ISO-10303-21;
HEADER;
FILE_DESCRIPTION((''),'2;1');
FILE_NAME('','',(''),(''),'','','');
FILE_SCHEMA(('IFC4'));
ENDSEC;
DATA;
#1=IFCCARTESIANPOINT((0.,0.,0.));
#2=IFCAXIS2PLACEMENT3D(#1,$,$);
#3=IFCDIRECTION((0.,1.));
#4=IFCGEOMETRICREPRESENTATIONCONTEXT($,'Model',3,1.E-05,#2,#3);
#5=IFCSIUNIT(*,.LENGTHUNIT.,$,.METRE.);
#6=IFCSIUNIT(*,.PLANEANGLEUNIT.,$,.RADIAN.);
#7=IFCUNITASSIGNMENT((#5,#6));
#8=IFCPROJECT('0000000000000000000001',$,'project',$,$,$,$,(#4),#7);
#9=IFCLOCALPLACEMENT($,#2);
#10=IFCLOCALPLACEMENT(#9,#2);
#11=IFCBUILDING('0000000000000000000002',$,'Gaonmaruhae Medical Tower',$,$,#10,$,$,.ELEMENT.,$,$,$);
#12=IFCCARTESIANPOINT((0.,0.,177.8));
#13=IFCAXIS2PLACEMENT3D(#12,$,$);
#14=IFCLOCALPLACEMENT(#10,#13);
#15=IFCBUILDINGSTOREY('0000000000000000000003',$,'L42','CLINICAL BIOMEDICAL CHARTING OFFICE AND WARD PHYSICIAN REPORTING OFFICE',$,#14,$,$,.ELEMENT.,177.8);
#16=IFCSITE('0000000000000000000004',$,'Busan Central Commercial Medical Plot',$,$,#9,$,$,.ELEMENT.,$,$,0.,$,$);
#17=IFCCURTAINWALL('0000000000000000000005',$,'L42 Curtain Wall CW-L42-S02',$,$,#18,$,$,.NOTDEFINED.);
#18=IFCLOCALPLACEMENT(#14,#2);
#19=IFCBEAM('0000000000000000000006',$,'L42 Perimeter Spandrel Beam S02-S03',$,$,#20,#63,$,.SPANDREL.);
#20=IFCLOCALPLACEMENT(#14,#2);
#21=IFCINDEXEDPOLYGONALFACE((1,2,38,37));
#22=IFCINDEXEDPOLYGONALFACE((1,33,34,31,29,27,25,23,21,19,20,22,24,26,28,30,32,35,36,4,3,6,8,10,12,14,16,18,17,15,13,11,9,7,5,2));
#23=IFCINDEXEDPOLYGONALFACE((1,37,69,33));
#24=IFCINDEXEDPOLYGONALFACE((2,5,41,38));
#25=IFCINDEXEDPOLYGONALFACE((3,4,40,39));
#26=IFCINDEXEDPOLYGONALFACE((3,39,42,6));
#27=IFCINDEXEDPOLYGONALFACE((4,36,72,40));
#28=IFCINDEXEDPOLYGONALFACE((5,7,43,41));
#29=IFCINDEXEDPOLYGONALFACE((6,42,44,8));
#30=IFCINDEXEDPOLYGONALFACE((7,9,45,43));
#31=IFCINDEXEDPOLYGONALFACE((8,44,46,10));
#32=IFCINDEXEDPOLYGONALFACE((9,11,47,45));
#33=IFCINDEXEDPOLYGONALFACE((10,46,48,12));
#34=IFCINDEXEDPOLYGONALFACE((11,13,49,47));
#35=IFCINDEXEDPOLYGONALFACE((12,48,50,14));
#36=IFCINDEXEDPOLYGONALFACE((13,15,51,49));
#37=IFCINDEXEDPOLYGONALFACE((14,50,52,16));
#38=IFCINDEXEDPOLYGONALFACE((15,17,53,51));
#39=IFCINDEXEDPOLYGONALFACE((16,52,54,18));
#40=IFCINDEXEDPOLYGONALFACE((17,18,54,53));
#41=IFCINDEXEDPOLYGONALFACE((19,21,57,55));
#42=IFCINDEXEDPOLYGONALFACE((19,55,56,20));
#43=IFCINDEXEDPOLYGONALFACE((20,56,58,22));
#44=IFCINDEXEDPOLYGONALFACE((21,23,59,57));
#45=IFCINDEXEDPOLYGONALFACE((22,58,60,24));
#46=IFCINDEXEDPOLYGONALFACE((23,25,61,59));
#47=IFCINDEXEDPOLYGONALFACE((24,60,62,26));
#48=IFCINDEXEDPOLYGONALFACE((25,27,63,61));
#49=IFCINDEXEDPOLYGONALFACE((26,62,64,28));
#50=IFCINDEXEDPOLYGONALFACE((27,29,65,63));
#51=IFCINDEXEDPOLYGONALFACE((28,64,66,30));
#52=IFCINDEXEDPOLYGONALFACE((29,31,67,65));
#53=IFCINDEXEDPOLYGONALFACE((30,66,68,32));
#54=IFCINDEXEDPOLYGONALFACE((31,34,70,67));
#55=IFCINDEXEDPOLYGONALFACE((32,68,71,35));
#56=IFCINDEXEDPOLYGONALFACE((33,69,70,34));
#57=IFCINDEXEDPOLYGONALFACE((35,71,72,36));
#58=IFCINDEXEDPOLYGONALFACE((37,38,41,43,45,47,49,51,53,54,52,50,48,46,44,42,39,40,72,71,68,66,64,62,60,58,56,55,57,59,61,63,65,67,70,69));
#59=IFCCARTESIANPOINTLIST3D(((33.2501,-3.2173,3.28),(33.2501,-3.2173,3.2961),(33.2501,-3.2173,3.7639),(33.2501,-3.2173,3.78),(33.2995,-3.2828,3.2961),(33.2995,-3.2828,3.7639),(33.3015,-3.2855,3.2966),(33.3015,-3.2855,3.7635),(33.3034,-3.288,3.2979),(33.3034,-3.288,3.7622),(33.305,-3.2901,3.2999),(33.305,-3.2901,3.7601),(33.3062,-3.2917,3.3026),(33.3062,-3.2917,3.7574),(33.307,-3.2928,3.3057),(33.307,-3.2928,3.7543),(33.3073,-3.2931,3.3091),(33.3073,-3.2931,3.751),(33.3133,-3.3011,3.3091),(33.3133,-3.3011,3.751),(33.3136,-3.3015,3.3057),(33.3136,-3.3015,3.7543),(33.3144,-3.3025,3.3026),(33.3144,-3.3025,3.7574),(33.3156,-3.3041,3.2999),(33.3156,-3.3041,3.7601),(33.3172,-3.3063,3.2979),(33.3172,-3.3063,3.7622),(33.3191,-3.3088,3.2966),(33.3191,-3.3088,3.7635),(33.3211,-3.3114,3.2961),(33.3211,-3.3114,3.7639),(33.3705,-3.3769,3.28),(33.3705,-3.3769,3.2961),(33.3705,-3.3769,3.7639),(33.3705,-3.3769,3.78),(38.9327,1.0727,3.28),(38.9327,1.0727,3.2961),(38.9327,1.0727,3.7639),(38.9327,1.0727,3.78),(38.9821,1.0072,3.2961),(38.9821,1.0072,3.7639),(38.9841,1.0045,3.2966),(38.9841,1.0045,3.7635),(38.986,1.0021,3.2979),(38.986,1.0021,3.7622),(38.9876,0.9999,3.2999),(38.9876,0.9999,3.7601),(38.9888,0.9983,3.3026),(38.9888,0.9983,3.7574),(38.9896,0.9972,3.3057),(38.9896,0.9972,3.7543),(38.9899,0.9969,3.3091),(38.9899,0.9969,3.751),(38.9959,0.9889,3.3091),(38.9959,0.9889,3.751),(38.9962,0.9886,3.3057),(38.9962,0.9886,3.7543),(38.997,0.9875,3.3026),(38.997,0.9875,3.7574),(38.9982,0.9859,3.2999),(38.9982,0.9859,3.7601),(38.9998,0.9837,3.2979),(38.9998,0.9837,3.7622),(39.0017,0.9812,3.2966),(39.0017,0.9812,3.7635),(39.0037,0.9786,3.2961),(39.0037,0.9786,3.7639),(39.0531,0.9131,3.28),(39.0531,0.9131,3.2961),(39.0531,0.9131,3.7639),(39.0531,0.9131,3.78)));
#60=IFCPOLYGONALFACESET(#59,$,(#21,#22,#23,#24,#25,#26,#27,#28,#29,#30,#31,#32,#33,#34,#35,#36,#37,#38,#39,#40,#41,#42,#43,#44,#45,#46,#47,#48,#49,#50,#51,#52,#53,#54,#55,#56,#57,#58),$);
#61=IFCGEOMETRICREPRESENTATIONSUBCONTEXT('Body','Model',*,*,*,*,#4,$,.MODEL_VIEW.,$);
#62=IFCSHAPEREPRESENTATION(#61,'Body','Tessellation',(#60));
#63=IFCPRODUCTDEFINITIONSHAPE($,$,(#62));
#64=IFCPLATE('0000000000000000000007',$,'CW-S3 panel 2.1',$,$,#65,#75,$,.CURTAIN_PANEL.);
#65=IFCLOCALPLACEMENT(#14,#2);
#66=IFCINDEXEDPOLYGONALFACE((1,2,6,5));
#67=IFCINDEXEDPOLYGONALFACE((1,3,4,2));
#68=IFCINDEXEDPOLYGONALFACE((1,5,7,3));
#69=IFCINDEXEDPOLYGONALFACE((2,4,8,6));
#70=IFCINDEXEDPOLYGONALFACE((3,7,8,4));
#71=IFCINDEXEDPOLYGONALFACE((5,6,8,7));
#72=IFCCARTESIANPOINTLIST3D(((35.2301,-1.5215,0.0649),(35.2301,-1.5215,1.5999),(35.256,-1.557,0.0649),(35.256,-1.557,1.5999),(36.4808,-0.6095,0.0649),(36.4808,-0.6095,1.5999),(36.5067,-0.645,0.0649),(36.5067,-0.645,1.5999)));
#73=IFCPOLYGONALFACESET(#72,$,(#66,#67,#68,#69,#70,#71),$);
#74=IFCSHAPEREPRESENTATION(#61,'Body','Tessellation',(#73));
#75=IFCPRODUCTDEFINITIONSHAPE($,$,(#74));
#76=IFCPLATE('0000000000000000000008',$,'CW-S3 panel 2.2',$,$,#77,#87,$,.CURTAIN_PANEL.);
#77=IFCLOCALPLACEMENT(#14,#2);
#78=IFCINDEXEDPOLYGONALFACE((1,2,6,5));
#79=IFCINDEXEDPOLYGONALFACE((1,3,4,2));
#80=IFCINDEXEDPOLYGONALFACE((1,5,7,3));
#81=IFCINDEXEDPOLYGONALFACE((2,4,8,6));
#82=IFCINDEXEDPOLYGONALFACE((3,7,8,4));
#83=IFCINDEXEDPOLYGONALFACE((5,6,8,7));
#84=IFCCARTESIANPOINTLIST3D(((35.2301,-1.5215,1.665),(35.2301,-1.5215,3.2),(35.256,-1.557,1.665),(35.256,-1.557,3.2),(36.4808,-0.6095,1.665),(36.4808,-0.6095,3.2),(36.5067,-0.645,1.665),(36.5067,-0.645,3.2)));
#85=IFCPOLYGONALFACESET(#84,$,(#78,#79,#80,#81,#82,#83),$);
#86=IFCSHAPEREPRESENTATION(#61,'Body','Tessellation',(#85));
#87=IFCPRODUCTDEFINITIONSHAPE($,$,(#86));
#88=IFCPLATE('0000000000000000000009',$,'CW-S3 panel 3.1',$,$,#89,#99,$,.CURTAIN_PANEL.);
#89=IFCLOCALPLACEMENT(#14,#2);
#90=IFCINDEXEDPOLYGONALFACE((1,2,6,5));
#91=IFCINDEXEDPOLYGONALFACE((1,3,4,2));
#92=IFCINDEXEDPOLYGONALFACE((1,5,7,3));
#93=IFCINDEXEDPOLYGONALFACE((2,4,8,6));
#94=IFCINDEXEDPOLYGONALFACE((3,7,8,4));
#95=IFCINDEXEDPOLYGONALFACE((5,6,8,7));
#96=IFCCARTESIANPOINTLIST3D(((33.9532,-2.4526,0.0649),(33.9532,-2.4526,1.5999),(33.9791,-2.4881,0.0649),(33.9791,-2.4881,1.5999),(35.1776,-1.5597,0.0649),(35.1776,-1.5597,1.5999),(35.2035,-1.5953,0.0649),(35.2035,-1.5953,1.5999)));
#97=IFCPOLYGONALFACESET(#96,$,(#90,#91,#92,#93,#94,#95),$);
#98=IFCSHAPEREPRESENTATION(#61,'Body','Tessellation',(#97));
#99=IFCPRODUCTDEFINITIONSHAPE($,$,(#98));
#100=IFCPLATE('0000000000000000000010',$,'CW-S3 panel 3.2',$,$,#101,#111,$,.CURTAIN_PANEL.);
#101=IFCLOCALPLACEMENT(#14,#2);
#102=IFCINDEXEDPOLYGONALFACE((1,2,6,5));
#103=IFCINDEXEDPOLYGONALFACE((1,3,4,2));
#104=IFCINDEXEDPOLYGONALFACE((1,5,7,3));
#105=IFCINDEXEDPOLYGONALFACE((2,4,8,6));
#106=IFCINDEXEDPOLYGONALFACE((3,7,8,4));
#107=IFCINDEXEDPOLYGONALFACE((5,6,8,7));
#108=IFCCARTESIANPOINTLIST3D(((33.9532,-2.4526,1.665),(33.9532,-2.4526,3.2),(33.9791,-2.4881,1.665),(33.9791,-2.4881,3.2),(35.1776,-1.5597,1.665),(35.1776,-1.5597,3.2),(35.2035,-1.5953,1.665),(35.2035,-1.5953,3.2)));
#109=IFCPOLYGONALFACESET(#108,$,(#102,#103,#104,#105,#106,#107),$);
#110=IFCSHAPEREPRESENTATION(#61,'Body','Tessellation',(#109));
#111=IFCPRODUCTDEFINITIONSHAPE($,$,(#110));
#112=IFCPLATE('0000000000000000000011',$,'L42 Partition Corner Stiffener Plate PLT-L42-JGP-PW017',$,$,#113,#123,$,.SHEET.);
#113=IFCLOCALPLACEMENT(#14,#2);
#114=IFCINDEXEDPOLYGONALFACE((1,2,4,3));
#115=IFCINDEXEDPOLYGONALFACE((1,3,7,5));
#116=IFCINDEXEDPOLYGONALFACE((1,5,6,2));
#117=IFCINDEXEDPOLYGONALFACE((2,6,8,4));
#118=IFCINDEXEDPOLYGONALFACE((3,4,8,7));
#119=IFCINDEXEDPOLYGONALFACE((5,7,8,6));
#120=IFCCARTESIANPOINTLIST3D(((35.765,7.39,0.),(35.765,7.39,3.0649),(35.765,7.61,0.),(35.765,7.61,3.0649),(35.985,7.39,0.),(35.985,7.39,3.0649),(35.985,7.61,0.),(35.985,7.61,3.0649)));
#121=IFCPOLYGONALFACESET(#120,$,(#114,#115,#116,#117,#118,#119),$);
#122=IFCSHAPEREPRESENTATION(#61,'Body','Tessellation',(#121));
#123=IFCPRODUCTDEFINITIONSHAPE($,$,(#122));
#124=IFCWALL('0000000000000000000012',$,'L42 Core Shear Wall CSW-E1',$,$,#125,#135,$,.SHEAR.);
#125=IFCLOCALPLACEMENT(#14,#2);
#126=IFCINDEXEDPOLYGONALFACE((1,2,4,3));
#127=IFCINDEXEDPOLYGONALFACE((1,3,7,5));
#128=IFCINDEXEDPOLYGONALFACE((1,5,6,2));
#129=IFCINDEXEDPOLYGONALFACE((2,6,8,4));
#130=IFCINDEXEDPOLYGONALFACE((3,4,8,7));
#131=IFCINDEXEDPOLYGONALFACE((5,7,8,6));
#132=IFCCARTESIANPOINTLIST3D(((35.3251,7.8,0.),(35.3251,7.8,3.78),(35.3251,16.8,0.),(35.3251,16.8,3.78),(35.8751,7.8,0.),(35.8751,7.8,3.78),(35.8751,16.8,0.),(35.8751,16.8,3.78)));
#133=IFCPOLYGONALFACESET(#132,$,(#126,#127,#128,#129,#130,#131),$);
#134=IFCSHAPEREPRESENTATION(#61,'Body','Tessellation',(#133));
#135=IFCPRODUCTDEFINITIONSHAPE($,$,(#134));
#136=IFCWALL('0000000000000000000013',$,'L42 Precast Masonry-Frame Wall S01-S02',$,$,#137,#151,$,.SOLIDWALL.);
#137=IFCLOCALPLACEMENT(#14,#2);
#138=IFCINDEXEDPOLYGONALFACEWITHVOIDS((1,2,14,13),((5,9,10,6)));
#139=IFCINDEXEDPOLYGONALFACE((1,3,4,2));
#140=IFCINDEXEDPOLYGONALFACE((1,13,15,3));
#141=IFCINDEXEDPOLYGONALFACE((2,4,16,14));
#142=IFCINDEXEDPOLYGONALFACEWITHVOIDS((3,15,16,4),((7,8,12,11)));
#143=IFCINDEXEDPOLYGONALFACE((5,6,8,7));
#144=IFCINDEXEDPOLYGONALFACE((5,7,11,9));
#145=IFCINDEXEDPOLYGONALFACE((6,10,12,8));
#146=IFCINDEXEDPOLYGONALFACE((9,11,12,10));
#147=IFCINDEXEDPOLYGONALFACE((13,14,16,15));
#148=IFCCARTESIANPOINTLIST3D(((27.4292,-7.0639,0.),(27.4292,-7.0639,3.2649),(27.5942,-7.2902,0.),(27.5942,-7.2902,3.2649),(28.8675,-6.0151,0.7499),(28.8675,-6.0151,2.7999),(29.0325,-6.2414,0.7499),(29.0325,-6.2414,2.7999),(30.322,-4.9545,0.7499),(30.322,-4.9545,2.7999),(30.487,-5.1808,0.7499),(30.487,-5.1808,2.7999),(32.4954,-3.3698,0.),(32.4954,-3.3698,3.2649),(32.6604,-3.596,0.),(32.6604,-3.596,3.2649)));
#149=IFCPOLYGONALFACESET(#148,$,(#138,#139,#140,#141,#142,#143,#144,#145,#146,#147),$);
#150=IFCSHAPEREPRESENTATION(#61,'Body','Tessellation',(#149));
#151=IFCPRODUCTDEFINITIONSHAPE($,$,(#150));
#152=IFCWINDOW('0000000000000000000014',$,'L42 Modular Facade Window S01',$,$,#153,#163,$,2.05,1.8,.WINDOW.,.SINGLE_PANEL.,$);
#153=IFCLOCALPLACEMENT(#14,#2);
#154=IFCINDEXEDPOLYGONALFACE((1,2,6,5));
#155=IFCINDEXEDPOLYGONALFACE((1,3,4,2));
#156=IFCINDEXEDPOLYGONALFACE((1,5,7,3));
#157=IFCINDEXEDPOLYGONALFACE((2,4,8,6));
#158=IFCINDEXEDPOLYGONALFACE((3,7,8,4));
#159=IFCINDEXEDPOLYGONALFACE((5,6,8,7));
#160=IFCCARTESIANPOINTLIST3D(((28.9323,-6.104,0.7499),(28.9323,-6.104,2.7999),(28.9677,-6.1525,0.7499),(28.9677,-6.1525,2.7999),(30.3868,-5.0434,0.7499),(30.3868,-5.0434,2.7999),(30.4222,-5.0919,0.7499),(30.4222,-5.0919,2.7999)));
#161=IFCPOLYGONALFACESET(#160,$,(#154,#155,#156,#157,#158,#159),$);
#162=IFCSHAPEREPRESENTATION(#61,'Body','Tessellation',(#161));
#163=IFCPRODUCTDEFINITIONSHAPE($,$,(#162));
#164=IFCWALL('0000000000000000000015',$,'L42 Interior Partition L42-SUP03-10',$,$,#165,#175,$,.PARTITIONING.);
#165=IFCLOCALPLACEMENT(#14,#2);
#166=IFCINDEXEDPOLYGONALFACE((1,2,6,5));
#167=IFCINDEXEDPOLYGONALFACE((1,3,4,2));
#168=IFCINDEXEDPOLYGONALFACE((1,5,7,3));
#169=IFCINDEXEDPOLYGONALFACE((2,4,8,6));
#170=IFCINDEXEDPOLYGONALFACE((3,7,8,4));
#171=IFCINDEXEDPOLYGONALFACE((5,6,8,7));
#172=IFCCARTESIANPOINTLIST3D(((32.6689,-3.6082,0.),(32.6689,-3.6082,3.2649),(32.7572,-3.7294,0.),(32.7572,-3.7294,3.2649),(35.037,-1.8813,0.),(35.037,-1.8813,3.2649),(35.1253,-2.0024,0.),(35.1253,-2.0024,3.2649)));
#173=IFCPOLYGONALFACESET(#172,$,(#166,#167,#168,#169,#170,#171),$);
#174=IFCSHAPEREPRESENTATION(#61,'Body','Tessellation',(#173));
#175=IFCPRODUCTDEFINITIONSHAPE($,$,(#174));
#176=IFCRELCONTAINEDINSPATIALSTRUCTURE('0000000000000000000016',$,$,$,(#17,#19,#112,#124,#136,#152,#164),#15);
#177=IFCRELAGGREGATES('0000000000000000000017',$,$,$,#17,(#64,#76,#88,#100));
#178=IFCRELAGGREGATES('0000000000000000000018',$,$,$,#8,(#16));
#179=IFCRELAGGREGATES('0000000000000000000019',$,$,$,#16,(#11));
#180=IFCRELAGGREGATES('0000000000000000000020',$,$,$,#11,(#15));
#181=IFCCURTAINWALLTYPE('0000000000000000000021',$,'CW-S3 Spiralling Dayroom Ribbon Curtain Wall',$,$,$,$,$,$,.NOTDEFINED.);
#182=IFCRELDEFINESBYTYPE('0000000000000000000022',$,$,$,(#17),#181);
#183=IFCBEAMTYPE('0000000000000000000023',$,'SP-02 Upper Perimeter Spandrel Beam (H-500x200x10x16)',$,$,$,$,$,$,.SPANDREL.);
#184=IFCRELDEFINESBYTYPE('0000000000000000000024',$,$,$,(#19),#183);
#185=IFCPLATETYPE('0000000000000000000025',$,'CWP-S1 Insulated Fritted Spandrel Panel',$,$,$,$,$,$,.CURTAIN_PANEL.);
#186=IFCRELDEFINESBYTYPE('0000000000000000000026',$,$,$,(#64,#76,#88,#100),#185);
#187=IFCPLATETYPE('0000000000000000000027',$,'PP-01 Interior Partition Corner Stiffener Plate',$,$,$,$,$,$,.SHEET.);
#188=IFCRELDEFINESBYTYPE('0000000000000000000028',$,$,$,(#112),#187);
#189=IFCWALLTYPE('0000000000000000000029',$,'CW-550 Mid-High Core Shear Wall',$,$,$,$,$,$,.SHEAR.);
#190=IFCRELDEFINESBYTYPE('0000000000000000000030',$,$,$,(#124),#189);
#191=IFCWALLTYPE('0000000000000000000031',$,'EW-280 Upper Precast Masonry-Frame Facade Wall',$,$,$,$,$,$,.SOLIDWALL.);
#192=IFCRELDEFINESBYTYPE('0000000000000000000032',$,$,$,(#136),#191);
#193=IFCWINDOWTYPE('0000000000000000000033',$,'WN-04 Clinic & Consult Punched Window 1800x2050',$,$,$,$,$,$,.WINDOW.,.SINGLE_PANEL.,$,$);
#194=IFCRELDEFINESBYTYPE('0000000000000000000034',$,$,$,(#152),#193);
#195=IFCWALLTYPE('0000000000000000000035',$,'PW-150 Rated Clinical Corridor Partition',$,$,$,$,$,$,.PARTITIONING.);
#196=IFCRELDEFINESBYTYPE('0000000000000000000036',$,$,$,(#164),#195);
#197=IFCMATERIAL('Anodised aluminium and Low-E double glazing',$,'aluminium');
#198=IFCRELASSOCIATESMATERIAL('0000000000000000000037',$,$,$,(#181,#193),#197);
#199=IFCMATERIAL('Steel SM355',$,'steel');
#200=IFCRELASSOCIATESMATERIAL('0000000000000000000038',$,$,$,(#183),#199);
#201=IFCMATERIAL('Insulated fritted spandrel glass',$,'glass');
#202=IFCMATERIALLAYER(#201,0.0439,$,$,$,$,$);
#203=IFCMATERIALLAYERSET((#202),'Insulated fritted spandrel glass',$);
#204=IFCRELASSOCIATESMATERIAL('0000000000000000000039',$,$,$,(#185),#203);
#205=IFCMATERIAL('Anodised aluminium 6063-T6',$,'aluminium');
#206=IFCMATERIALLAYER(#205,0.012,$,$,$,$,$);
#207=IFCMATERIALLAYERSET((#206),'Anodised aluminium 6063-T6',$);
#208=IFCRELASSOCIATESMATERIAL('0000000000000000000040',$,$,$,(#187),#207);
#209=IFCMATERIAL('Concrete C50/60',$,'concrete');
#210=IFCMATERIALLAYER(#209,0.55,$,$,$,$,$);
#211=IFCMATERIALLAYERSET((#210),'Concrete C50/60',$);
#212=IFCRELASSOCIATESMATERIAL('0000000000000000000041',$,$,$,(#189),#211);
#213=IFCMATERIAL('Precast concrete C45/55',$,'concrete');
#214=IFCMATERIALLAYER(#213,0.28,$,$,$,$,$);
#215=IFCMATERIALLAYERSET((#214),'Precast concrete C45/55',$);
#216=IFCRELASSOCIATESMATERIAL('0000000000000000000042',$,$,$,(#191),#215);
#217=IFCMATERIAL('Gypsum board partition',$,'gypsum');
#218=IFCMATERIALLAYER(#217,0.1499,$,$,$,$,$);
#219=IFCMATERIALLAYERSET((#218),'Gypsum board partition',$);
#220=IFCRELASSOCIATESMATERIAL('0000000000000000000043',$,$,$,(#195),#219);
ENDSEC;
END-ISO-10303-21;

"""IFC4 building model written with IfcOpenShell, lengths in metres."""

from ifc_helpers import new_model, si_unit, direction, frame, frame_2d, origin, origin_2d, place, context, subcontext, project, spatial, rectangle, i_section, extrude, material, layer, layer_set, material_profile, profile_set, type_object, element, fill, aggregate, save


model = new_model("IFC4")

# Units and contexts
model_context = context("Model", 3, precision=1e-05, world=origin(), true_north=direction((0.0, 1.0)))
body_context = subcontext(model_context, "Body", "Model", "MODEL_VIEW")
ifc_project = project(units=[si_unit("LENGTHUNIT", "METRE"), si_unit("PLANEANGLEUNIT", "RADIAN")], contexts=[model_context])

# Site, building, storey
site_placement = place(None, origin())
site = spatial("IfcSite", under=ifc_project, at=site_placement, Name="Busan Central Commercial Medical Plot", CompositionType="ELEMENT", RefElevation=0.0)
building_placement = place(site_placement, origin())
building = spatial("IfcBuilding", under=site, at=building_placement, Name="Gaonmaruhae Medical Tower", CompositionType="ELEMENT")
storey_placement = place(building_placement, frame((0.0, 0.0, 177.8)))
storey = spatial("IfcBuildingStorey", under=building, at=storey_placement, Name="L42", Description="CLINICAL BIOMEDICAL CHARTING OFFICE AND WARD PHYSICIAN REPORTING OFFICE", CompositionType="ELEMENT", Elevation=177.8)

# Shared definitions
ifc_material_1 = material(Name="Concrete C50/60", Category="concrete")

# Curtain wall
ifc_material_2 = material(Name="Anodised aluminium and Low-E double glazing", Category="aluminium")
curtain_wall_type = type_object("IfcCurtainWallType", Name="CW-S3 Spiralling Dayroom Ribbon Curtain Wall", PredefinedType="NOTDEFINED", material=ifc_material_2)
curtain_wall_placement = place(storey_placement, origin())
curtain_wall = element("IfcCurtainWall", 1, at=curtain_wall_placement, inside=storey, type_object=curtain_wall_type, Name="L42 Curtain Wall CW-L42-S02", PredefinedType="NOTDEFINED")
ifc_material_3 = material(Name="Anodised aluminium 6063-T6", Category="aluminium")

# Beam
ifc_material_4 = material(Name="Steel SM355", Category="steel")
ifc_material_profile_1 = material_profile(ifc_material_4, i_section(OverallWidth=0.2, OverallDepth=0.5, WebThickness=0.01, FlangeThickness=0.0161, FilletRadius=0.0129, at=origin_2d()), Name="H-500x200x10x16")
ifc_profile_set_1 = profile_set([ifc_material_profile_1], Name="Steel SM355")
beam_type_1 = type_object("IfcBeamType", Name="SP-02 Upper Perimeter Spandrel Beam (H-500x200x10x16)", PredefinedType="SPANDREL", material=ifc_profile_set_1)
beam_1_placement = place(storey_placement, frame((33.3103, -3.2971, 3.53), z_axis=(0.798103, 0.602521, 0.0), x_axis=(-0.602521, 0.798103, 0.0)))
element("IfcBeam", 2, at=beam_1_placement, inside=storey, type_object=beam_type_1, Name="L42 Perimeter Spandrel Beam S02-S03", PredefinedType="SPANDREL", context=body_context, shape_type="SweptSolid", body=[
    extrude(i_section(OverallWidth=0.2, OverallDepth=0.5, WebThickness=0.01, FlangeThickness=0.0161, FilletRadius=0.0129, at=origin_2d()), origin(), (0.0, 0.0, 1.0), 7.1201),
])

# Plates
ifc_material_5 = material(Name="Insulated fritted spandrel glass", Category="glass")
ifc_layer_1 = layer(ifc_material_5, 0.0439)
ifc_layer_set_1 = layer_set([ifc_layer_1], Name="Insulated fritted spandrel glass")
plate_type_1 = type_object("IfcPlateType", Name="CWP-S1 Insulated Fritted Spandrel Panel", PredefinedType="CURTAIN_PANEL", material=ifc_layer_set_1)
plate_1_placement = place(storey_placement, frame((35.8684, -1.0833, 0.0649), z_axis=(0.0, 0.0, 1.0), x_axis=(-0.807991, -0.589195, 0.0)))
plate_1 = element("IfcPlate", 3, at=plate_1_placement, type_object=plate_type_1, Name="CW-S3 panel 2.1", PredefinedType="CURTAIN_PANEL", context=body_context, shape_type="SweptSolid", body=[
    extrude(rectangle(XDim=1.5479, YDim=0.0439, at=origin_2d()), origin(), (0.0, 0.0, 1.0), 1.5349),
])
plate_2_placement = place(storey_placement, frame((35.8684, -1.0833, 1.665), z_axis=(0.0, 0.0, 1.0), x_axis=(-0.807991, -0.589195, 0.0)))
plate_2 = element("IfcPlate", 4, at=plate_2_placement, type_object=plate_type_1, Name="CW-S3 panel 2.2", PredefinedType="CURTAIN_PANEL", context=body_context, shape_type="SweptSolid", body=[
    extrude(rectangle(XDim=1.5479, YDim=0.0439, at=origin_2d()), origin(), (0.0, 0.0, 1.0), 1.5349),
])
plate_3_placement = place(storey_placement, frame((34.5784, -2.0239, 0.0649), z_axis=(0.0, 0.0, 1.0), x_axis=(-0.807991, -0.589195, 0.0)))
plate_3 = element("IfcPlate", 5, at=plate_3_placement, type_object=plate_type_1, Name="CW-S3 panel 3.1", PredefinedType="CURTAIN_PANEL", context=body_context, shape_type="SweptSolid", body=[
    extrude(rectangle(XDim=1.5154, YDim=0.0439, at=origin_2d()), origin(), (0.0, 0.0, 1.0), 1.5349),
])
plate_4_placement = place(storey_placement, frame((34.5784, -2.0239, 1.665), z_axis=(0.0, 0.0, 1.0), x_axis=(-0.807991, -0.589195, 0.0)))
plate_4 = element("IfcPlate", 6, at=plate_4_placement, type_object=plate_type_1, Name="CW-S3 panel 3.2", PredefinedType="CURTAIN_PANEL", context=body_context, shape_type="SweptSolid", body=[
    extrude(rectangle(XDim=1.5154, YDim=0.0439, at=origin_2d()), origin(), (0.0, 0.0, 1.0), 1.5349),
])
aggregate(curtain_wall, [plate_1, plate_2, plate_3, plate_4])
ifc_layer_2 = layer(ifc_material_3, 0.012)
ifc_layer_set_2 = layer_set([ifc_layer_2], Name="Anodised aluminium 6063-T6")
plate_type_2 = type_object("IfcPlateType", Name="PP-01 Interior Partition Corner Stiffener Plate", PredefinedType="SHEET", material=ifc_layer_set_2)
plate_5_placement = place(storey_placement, frame((35.875, 7.5, 0.0), z_axis=(0.0, 0.0, 1.0), x_axis=(1.0, 0.0, 0.0)))
element("IfcPlate", 7, at=plate_5_placement, inside=storey, type_object=plate_type_2, Name="L42 Partition Corner Stiffener Plate PLT-L42-JGP-PW017", PredefinedType="SHEET", context=body_context, shape_type="SweptSolid", body=[
    extrude(rectangle(XDim=0.22, YDim=0.22, at=origin_2d()), origin(), (0.0, 0.0, 1.0), 3.0649),
])

# Wall
ifc_layer_3 = layer(ifc_material_1, 0.55)
ifc_layer_set_3 = layer_set([ifc_layer_3], Name="Concrete C50/60")
wall_type_1 = type_object("IfcWallType", Name="CW-550 Mid-High Core Shear Wall", PredefinedType="SHEAR", material=ifc_layer_set_3)
wall_1_placement = place(storey_placement, frame((35.6001, 7.8, 0.0), z_axis=(0.0, 0.0, 1.0), x_axis=(0.0, 1.0, 0.0)))
element("IfcWall", 8, at=wall_1_placement, inside=storey, type_object=wall_type_1, Name="L42 Core Shear Wall CSW-E1", PredefinedType="SHEAR", context=body_context, shape_type="SweptSolid", body=[
    extrude(rectangle(XDim=9.0, YDim=0.55, at=frame_2d((4.5, 0.0))), origin(), (0.0, 0.0, 1.0), 3.78),
])

# Wall, opening, window
ifc_material_6 = material(Name="Precast concrete C45/55", Category="concrete")
ifc_layer_4 = layer(ifc_material_6, 0.28)
ifc_layer_set_4 = layer_set([ifc_layer_4], Name="Precast concrete C45/55")
wall_type_2 = type_object("IfcWallType", Name="EW-280 Upper Precast Masonry-Frame Facade Wall", PredefinedType="SOLIDWALL", material=ifc_layer_set_4)
wall_2_placement = place(storey_placement, frame((32.5779, -3.4829, 0.0), z_axis=(0.0, 0.0, 1.0), x_axis=(-0.808006, -0.589174, 0.0)))
wall_2 = element("IfcWall", 9, at=wall_2_placement, inside=storey, type_object=wall_type_2, Name="L42 Precast Masonry-Frame Wall S01-S02", PredefinedType="SOLIDWALL", context=body_context, shape_type="SweptSolid", body=[
    extrude(rectangle(XDim=6.27, YDim=0.28, at=frame_2d((3.135, 0.0))), origin(), (0.0, 0.0, 1.0), 3.2649),
])
opening_1_placement = place(wall_2_placement, frame((2.6899, 0.0, 0.75)))
opening_1 = element("IfcOpeningElement", 10, at=opening_1_placement, cuts=wall_2, PredefinedType="OPENING", context=body_context, shape_type="SweptSolid", body=[
    extrude(rectangle(XDim=1.8, YDim=2.05, at=frame_2d((0.8999, 1.0249))), frame((0.0, 0.1499, 0.0), z_axis=(0.0, -1.0, 0.0), x_axis=(1.0, 0.0, 0.0)), (0.0, 0.0, 1.0), 0.3),
])
window_type = type_object("IfcWindowType", Name="WN-04 Clinic & Consult Punched Window 1800x2050", PartitioningType="SINGLE_PANEL", PredefinedType="WINDOW", material=ifc_material_2)
window_placement = place(opening_1_placement, origin())
window = element("IfcWindow", 11, at=window_placement, inside=storey, type_object=window_type, Name="L42 Modular Facade Window S01", OverallHeight=2.05, OverallWidth=1.8, PartitioningType="SINGLE_PANEL", PredefinedType="WINDOW", context=body_context, shape_type="SweptSolid", body=[
    extrude(rectangle(XDim=1.8, YDim=2.05, at=frame_2d((0.8999, 1.0249))), frame((0.0, 0.03, 0.0), z_axis=(0.0, -1.0, 0.0), x_axis=(1.0, 0.0, 0.0)), (0.0, 0.0, 1.0), 0.0601),
])
fill(opening_1, window)

# Wall
ifc_material_7 = material(Name="Gypsum board partition", Category="gypsum")
ifc_layer_5 = layer(ifc_material_7, 0.1499)
ifc_layer_set_5 = layer_set([ifc_layer_5], Name="Gypsum board partition")
wall_type_3 = type_object("IfcWallType", Name="PW-150 Rated Clinical Corridor Partition", PredefinedType="PARTITIONING", material=ifc_layer_set_5)
wall_3_placement = place(storey_placement, frame((35.0811, -1.9419, 0.0), z_axis=(0.0, 0.0, 1.0), x_axis=(-0.807965, -0.589231, 0.0)))
element("IfcWall", 12, at=wall_3_placement, inside=storey, type_object=wall_type_3, Name="L42 Interior Partition L42-SUP03-10", PredefinedType="PARTITIONING", context=body_context, shape_type="SweptSolid", body=[
    extrude(rectangle(XDim=2.9309, YDim=0.1499, at=frame_2d((1.4653, 0.0))), origin(), (0.0, 0.0, 1.0), 3.2649),
])

save(model, "model.ifc")
